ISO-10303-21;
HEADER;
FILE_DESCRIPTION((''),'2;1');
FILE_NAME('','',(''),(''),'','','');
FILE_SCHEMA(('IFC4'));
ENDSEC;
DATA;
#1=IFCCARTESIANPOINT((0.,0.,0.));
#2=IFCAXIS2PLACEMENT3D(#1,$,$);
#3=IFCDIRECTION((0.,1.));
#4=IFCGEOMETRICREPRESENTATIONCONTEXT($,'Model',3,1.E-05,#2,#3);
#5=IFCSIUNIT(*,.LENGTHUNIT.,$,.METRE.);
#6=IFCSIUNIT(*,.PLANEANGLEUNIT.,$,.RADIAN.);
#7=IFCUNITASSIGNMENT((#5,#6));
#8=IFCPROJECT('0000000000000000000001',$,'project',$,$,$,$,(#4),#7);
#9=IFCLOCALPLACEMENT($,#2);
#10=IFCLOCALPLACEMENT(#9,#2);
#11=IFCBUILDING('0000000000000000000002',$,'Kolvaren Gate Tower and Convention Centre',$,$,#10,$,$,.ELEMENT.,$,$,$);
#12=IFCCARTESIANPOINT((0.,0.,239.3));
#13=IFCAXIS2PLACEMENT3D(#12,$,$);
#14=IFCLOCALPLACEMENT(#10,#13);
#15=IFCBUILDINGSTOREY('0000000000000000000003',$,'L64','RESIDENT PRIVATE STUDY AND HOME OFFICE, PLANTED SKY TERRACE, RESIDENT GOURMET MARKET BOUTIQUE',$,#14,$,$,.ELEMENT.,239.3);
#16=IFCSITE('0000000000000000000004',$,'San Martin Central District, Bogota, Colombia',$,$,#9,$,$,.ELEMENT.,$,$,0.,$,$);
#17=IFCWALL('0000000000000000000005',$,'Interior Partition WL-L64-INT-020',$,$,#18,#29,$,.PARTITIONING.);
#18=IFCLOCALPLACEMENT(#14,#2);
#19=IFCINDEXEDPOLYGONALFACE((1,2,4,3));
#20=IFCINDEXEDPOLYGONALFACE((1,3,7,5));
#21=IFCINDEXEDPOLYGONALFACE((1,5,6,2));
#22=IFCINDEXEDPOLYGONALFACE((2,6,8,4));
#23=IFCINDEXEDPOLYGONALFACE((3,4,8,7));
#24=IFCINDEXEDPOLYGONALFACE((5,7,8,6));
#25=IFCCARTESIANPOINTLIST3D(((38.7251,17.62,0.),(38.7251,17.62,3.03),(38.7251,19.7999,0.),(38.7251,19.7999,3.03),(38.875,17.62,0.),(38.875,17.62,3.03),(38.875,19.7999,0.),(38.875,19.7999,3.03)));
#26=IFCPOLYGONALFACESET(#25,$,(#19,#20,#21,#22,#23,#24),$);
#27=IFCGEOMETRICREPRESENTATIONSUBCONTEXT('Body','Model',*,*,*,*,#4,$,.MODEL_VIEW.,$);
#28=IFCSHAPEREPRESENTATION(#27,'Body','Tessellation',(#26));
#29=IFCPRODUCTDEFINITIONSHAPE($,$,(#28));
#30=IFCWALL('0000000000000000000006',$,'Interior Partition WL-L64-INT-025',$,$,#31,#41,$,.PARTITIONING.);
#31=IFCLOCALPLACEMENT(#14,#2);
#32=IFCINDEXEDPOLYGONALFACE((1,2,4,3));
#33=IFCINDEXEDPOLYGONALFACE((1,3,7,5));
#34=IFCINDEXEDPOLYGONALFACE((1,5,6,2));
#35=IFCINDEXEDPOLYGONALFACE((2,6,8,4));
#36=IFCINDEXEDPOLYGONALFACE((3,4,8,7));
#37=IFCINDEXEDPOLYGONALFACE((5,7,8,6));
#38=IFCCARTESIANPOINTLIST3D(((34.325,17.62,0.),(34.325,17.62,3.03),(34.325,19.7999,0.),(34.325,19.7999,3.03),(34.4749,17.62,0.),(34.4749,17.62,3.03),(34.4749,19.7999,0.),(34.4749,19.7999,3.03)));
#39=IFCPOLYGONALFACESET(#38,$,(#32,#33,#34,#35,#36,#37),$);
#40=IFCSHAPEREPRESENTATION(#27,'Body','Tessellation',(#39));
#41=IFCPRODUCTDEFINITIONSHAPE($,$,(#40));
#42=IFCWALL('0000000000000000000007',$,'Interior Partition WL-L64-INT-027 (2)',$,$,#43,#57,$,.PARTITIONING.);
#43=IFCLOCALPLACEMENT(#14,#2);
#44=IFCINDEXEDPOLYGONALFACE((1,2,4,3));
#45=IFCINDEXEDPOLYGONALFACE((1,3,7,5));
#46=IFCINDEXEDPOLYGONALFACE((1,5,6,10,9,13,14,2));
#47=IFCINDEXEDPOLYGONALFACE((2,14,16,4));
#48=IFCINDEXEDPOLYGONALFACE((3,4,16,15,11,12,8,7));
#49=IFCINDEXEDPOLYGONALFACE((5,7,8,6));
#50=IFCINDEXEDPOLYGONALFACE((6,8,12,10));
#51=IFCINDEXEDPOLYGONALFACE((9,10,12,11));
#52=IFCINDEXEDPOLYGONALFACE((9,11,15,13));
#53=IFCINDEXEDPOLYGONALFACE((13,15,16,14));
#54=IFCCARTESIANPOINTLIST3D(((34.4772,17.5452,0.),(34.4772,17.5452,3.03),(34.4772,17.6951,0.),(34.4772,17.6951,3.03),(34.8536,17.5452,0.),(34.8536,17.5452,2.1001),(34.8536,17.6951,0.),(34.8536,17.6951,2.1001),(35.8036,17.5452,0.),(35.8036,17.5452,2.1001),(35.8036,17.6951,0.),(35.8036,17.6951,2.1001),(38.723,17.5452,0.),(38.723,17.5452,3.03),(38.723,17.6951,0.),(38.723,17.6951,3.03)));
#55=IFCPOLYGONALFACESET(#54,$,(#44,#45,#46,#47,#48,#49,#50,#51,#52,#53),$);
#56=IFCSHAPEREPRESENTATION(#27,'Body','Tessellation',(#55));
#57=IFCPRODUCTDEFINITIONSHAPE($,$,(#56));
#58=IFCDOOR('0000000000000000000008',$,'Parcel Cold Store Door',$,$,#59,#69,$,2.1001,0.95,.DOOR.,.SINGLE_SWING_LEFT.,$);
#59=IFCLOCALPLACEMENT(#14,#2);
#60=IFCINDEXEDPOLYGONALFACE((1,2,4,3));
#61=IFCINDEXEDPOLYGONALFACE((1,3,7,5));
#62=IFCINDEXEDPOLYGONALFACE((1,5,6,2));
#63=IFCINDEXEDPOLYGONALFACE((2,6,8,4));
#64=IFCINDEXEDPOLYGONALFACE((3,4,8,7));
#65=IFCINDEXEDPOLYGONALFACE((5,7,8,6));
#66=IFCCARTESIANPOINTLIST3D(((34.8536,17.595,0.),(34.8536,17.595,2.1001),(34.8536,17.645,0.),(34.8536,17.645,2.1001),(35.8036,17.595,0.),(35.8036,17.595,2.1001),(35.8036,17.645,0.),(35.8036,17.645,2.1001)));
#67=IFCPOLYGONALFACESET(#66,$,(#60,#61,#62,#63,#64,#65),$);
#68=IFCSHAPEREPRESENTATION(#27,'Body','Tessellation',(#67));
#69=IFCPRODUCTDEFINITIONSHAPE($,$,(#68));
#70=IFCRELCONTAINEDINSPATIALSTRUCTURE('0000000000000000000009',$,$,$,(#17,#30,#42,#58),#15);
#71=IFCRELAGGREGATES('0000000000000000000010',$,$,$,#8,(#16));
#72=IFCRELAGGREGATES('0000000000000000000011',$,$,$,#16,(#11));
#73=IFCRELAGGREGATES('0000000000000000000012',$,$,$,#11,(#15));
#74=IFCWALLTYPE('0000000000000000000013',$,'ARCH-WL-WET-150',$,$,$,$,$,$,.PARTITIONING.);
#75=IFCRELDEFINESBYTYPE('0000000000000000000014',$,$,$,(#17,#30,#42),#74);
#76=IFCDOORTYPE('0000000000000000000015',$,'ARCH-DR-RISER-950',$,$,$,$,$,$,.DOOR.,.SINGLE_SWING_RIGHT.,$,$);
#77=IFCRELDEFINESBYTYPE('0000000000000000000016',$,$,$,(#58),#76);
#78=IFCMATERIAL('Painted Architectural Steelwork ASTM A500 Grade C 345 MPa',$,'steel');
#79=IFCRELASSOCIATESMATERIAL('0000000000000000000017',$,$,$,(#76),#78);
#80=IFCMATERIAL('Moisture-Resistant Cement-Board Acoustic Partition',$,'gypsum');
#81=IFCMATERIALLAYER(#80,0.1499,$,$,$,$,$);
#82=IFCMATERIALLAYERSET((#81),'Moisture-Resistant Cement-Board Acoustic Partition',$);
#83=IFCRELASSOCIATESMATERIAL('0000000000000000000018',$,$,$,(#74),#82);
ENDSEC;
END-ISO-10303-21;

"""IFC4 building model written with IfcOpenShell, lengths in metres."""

from ifc_helpers import new_model, si_unit, direction, frame, frame_2d, origin, place, context, subcontext, project, spatial, rectangle, extrude, material, layer, layer_set, type_object, element, fill, save


model = new_model("IFC4")

# Units and contexts
model_context = context("Model", 3, precision=1e-05, world=origin(), true_north=direction((0.0, 1.0)))
body_context = subcontext(model_context, "Body", "Model", "MODEL_VIEW")
ifc_project = project(units=[si_unit("LENGTHUNIT", "METRE"), si_unit("PLANEANGLEUNIT", "RADIAN")], contexts=[model_context])

# Site, building, storey
site_placement = place(None, origin())
site = spatial("IfcSite", under=ifc_project, at=site_placement, Name="San Martin Central District, Bogota, Colombia", CompositionType="ELEMENT", RefElevation=0.0)
building_placement = place(site_placement, origin())
building = spatial("IfcBuilding", under=site, at=building_placement, Name="Kolvaren Gate Tower and Convention Centre", CompositionType="ELEMENT")
storey_placement = place(building_placement, frame((0.0, 0.0, 239.3)))
storey = spatial("IfcBuildingStorey", under=building, at=storey_placement, Name="L64", Description="RESIDENT PRIVATE STUDY AND HOME OFFICE, PLANTED SKY TERRACE, RESIDENT GOURMET MARKET BOUTIQUE", CompositionType="ELEMENT", Elevation=239.3)

# Shared definitions
ifc_material_1 = material(Name="Painted Architectural Steelwork ASTM A500 Grade C 345 MPa", Category="steel")
door_type_1 = type_object("IfcDoorType", Name="ARCH-DR-RISER-950", OperationType="SINGLE_SWING_RIGHT", PredefinedType="DOOR", material=ifc_material_1)

# Walls
ifc_material_2 = material(Name="Moisture-Resistant Cement-Board Acoustic Partition", Category="gypsum")
ifc_layer_1 = layer(ifc_material_2, 0.1499)
ifc_layer_set_1 = layer_set([ifc_layer_1], Name="Moisture-Resistant Cement-Board Acoustic Partition")
wall_type_1 = type_object("IfcWallType", Name="ARCH-WL-WET-150", PredefinedType="PARTITIONING", material=ifc_layer_set_1)
for number, where, z_axis, x_axis, name in (
    (1, (38.8, 17.6201, 0.0), (0.0, 0.0, 1.0), (0.0, 1.0, 0.0), "Interior Partition WL-L64-INT-020"),
    (2, (34.3999, 17.6201, 0.0), (0.0, 0.0, 1.0), (0.0, 1.0, 0.0), "Interior Partition WL-L64-INT-025"),
):
    element("IfcWall", number, at=place(storey_placement, frame(where, z_axis=z_axis, x_axis=x_axis)), inside=storey, type_object=wall_type_1, Name=name, PredefinedType="PARTITIONING", context=body_context, shape_type="SweptSolid", body=[
        extrude(rectangle(XDim=2.1799, YDim=0.1499, at=frame_2d((1.0898, 0.0))), origin(), (0.0, 0.0, 1.0), 3.03),
    ])

# Wall, opening, door
wall_1_placement = place(storey_placement, frame((34.4771, 17.6201, 0.0), z_axis=(0.0, 0.0, 1.0), x_axis=(1.0, 0.0, 0.0)))
wall_1 = element("IfcWall", 3, at=wall_1_placement, inside=storey, type_object=wall_type_1, Name="Interior Partition WL-L64-INT-027 (2)", PredefinedType="PARTITIONING", context=body_context, shape_type="SweptSolid", body=[
    extrude(rectangle(XDim=4.2458, YDim=0.1499, at=frame_2d((2.123, 0.0))), origin(), (0.0, 0.0, 1.0), 3.03),
])
opening_1_placement = place(wall_1_placement, frame((0.3765, 0.0, 0.0)))
opening_1 = element("IfcOpeningElement", 4, at=opening_1_placement, cuts=wall_1, PredefinedType="OPENING", context=body_context, shape_type="SweptSolid", body=[
    extrude(rectangle(XDim=0.95, YDim=2.1001, at=frame_2d((0.4751, 1.05))), frame((0.0, 0.085, 0.0), z_axis=(0.0, -1.0, 0.0), x_axis=(1.0, 0.0, 0.0)), (0.0, 0.0, 1.0), 0.1699),
])
door_1_placement = place(opening_1_placement, origin())
door_1 = element("IfcDoor", 5, at=door_1_placement, inside=storey, type_object=door_type_1, Name="Parcel Cold Store Door", OperationType="SINGLE_SWING_LEFT", OverallHeight=2.1001, OverallWidth=0.95, PredefinedType="DOOR", context=body_context, shape_type="SweptSolid", body=[
    extrude(rectangle(XDim=0.95, YDim=2.1001, at=frame_2d((0.4751, 1.05))), frame((0.0, 0.0249, 0.0), z_axis=(0.0, -1.0, 0.0), x_axis=(1.0, 0.0, 0.0)), (0.0, 0.0, 1.0), 0.05),
])
fill(opening_1, door_1)

save(model, "model.ifc")
